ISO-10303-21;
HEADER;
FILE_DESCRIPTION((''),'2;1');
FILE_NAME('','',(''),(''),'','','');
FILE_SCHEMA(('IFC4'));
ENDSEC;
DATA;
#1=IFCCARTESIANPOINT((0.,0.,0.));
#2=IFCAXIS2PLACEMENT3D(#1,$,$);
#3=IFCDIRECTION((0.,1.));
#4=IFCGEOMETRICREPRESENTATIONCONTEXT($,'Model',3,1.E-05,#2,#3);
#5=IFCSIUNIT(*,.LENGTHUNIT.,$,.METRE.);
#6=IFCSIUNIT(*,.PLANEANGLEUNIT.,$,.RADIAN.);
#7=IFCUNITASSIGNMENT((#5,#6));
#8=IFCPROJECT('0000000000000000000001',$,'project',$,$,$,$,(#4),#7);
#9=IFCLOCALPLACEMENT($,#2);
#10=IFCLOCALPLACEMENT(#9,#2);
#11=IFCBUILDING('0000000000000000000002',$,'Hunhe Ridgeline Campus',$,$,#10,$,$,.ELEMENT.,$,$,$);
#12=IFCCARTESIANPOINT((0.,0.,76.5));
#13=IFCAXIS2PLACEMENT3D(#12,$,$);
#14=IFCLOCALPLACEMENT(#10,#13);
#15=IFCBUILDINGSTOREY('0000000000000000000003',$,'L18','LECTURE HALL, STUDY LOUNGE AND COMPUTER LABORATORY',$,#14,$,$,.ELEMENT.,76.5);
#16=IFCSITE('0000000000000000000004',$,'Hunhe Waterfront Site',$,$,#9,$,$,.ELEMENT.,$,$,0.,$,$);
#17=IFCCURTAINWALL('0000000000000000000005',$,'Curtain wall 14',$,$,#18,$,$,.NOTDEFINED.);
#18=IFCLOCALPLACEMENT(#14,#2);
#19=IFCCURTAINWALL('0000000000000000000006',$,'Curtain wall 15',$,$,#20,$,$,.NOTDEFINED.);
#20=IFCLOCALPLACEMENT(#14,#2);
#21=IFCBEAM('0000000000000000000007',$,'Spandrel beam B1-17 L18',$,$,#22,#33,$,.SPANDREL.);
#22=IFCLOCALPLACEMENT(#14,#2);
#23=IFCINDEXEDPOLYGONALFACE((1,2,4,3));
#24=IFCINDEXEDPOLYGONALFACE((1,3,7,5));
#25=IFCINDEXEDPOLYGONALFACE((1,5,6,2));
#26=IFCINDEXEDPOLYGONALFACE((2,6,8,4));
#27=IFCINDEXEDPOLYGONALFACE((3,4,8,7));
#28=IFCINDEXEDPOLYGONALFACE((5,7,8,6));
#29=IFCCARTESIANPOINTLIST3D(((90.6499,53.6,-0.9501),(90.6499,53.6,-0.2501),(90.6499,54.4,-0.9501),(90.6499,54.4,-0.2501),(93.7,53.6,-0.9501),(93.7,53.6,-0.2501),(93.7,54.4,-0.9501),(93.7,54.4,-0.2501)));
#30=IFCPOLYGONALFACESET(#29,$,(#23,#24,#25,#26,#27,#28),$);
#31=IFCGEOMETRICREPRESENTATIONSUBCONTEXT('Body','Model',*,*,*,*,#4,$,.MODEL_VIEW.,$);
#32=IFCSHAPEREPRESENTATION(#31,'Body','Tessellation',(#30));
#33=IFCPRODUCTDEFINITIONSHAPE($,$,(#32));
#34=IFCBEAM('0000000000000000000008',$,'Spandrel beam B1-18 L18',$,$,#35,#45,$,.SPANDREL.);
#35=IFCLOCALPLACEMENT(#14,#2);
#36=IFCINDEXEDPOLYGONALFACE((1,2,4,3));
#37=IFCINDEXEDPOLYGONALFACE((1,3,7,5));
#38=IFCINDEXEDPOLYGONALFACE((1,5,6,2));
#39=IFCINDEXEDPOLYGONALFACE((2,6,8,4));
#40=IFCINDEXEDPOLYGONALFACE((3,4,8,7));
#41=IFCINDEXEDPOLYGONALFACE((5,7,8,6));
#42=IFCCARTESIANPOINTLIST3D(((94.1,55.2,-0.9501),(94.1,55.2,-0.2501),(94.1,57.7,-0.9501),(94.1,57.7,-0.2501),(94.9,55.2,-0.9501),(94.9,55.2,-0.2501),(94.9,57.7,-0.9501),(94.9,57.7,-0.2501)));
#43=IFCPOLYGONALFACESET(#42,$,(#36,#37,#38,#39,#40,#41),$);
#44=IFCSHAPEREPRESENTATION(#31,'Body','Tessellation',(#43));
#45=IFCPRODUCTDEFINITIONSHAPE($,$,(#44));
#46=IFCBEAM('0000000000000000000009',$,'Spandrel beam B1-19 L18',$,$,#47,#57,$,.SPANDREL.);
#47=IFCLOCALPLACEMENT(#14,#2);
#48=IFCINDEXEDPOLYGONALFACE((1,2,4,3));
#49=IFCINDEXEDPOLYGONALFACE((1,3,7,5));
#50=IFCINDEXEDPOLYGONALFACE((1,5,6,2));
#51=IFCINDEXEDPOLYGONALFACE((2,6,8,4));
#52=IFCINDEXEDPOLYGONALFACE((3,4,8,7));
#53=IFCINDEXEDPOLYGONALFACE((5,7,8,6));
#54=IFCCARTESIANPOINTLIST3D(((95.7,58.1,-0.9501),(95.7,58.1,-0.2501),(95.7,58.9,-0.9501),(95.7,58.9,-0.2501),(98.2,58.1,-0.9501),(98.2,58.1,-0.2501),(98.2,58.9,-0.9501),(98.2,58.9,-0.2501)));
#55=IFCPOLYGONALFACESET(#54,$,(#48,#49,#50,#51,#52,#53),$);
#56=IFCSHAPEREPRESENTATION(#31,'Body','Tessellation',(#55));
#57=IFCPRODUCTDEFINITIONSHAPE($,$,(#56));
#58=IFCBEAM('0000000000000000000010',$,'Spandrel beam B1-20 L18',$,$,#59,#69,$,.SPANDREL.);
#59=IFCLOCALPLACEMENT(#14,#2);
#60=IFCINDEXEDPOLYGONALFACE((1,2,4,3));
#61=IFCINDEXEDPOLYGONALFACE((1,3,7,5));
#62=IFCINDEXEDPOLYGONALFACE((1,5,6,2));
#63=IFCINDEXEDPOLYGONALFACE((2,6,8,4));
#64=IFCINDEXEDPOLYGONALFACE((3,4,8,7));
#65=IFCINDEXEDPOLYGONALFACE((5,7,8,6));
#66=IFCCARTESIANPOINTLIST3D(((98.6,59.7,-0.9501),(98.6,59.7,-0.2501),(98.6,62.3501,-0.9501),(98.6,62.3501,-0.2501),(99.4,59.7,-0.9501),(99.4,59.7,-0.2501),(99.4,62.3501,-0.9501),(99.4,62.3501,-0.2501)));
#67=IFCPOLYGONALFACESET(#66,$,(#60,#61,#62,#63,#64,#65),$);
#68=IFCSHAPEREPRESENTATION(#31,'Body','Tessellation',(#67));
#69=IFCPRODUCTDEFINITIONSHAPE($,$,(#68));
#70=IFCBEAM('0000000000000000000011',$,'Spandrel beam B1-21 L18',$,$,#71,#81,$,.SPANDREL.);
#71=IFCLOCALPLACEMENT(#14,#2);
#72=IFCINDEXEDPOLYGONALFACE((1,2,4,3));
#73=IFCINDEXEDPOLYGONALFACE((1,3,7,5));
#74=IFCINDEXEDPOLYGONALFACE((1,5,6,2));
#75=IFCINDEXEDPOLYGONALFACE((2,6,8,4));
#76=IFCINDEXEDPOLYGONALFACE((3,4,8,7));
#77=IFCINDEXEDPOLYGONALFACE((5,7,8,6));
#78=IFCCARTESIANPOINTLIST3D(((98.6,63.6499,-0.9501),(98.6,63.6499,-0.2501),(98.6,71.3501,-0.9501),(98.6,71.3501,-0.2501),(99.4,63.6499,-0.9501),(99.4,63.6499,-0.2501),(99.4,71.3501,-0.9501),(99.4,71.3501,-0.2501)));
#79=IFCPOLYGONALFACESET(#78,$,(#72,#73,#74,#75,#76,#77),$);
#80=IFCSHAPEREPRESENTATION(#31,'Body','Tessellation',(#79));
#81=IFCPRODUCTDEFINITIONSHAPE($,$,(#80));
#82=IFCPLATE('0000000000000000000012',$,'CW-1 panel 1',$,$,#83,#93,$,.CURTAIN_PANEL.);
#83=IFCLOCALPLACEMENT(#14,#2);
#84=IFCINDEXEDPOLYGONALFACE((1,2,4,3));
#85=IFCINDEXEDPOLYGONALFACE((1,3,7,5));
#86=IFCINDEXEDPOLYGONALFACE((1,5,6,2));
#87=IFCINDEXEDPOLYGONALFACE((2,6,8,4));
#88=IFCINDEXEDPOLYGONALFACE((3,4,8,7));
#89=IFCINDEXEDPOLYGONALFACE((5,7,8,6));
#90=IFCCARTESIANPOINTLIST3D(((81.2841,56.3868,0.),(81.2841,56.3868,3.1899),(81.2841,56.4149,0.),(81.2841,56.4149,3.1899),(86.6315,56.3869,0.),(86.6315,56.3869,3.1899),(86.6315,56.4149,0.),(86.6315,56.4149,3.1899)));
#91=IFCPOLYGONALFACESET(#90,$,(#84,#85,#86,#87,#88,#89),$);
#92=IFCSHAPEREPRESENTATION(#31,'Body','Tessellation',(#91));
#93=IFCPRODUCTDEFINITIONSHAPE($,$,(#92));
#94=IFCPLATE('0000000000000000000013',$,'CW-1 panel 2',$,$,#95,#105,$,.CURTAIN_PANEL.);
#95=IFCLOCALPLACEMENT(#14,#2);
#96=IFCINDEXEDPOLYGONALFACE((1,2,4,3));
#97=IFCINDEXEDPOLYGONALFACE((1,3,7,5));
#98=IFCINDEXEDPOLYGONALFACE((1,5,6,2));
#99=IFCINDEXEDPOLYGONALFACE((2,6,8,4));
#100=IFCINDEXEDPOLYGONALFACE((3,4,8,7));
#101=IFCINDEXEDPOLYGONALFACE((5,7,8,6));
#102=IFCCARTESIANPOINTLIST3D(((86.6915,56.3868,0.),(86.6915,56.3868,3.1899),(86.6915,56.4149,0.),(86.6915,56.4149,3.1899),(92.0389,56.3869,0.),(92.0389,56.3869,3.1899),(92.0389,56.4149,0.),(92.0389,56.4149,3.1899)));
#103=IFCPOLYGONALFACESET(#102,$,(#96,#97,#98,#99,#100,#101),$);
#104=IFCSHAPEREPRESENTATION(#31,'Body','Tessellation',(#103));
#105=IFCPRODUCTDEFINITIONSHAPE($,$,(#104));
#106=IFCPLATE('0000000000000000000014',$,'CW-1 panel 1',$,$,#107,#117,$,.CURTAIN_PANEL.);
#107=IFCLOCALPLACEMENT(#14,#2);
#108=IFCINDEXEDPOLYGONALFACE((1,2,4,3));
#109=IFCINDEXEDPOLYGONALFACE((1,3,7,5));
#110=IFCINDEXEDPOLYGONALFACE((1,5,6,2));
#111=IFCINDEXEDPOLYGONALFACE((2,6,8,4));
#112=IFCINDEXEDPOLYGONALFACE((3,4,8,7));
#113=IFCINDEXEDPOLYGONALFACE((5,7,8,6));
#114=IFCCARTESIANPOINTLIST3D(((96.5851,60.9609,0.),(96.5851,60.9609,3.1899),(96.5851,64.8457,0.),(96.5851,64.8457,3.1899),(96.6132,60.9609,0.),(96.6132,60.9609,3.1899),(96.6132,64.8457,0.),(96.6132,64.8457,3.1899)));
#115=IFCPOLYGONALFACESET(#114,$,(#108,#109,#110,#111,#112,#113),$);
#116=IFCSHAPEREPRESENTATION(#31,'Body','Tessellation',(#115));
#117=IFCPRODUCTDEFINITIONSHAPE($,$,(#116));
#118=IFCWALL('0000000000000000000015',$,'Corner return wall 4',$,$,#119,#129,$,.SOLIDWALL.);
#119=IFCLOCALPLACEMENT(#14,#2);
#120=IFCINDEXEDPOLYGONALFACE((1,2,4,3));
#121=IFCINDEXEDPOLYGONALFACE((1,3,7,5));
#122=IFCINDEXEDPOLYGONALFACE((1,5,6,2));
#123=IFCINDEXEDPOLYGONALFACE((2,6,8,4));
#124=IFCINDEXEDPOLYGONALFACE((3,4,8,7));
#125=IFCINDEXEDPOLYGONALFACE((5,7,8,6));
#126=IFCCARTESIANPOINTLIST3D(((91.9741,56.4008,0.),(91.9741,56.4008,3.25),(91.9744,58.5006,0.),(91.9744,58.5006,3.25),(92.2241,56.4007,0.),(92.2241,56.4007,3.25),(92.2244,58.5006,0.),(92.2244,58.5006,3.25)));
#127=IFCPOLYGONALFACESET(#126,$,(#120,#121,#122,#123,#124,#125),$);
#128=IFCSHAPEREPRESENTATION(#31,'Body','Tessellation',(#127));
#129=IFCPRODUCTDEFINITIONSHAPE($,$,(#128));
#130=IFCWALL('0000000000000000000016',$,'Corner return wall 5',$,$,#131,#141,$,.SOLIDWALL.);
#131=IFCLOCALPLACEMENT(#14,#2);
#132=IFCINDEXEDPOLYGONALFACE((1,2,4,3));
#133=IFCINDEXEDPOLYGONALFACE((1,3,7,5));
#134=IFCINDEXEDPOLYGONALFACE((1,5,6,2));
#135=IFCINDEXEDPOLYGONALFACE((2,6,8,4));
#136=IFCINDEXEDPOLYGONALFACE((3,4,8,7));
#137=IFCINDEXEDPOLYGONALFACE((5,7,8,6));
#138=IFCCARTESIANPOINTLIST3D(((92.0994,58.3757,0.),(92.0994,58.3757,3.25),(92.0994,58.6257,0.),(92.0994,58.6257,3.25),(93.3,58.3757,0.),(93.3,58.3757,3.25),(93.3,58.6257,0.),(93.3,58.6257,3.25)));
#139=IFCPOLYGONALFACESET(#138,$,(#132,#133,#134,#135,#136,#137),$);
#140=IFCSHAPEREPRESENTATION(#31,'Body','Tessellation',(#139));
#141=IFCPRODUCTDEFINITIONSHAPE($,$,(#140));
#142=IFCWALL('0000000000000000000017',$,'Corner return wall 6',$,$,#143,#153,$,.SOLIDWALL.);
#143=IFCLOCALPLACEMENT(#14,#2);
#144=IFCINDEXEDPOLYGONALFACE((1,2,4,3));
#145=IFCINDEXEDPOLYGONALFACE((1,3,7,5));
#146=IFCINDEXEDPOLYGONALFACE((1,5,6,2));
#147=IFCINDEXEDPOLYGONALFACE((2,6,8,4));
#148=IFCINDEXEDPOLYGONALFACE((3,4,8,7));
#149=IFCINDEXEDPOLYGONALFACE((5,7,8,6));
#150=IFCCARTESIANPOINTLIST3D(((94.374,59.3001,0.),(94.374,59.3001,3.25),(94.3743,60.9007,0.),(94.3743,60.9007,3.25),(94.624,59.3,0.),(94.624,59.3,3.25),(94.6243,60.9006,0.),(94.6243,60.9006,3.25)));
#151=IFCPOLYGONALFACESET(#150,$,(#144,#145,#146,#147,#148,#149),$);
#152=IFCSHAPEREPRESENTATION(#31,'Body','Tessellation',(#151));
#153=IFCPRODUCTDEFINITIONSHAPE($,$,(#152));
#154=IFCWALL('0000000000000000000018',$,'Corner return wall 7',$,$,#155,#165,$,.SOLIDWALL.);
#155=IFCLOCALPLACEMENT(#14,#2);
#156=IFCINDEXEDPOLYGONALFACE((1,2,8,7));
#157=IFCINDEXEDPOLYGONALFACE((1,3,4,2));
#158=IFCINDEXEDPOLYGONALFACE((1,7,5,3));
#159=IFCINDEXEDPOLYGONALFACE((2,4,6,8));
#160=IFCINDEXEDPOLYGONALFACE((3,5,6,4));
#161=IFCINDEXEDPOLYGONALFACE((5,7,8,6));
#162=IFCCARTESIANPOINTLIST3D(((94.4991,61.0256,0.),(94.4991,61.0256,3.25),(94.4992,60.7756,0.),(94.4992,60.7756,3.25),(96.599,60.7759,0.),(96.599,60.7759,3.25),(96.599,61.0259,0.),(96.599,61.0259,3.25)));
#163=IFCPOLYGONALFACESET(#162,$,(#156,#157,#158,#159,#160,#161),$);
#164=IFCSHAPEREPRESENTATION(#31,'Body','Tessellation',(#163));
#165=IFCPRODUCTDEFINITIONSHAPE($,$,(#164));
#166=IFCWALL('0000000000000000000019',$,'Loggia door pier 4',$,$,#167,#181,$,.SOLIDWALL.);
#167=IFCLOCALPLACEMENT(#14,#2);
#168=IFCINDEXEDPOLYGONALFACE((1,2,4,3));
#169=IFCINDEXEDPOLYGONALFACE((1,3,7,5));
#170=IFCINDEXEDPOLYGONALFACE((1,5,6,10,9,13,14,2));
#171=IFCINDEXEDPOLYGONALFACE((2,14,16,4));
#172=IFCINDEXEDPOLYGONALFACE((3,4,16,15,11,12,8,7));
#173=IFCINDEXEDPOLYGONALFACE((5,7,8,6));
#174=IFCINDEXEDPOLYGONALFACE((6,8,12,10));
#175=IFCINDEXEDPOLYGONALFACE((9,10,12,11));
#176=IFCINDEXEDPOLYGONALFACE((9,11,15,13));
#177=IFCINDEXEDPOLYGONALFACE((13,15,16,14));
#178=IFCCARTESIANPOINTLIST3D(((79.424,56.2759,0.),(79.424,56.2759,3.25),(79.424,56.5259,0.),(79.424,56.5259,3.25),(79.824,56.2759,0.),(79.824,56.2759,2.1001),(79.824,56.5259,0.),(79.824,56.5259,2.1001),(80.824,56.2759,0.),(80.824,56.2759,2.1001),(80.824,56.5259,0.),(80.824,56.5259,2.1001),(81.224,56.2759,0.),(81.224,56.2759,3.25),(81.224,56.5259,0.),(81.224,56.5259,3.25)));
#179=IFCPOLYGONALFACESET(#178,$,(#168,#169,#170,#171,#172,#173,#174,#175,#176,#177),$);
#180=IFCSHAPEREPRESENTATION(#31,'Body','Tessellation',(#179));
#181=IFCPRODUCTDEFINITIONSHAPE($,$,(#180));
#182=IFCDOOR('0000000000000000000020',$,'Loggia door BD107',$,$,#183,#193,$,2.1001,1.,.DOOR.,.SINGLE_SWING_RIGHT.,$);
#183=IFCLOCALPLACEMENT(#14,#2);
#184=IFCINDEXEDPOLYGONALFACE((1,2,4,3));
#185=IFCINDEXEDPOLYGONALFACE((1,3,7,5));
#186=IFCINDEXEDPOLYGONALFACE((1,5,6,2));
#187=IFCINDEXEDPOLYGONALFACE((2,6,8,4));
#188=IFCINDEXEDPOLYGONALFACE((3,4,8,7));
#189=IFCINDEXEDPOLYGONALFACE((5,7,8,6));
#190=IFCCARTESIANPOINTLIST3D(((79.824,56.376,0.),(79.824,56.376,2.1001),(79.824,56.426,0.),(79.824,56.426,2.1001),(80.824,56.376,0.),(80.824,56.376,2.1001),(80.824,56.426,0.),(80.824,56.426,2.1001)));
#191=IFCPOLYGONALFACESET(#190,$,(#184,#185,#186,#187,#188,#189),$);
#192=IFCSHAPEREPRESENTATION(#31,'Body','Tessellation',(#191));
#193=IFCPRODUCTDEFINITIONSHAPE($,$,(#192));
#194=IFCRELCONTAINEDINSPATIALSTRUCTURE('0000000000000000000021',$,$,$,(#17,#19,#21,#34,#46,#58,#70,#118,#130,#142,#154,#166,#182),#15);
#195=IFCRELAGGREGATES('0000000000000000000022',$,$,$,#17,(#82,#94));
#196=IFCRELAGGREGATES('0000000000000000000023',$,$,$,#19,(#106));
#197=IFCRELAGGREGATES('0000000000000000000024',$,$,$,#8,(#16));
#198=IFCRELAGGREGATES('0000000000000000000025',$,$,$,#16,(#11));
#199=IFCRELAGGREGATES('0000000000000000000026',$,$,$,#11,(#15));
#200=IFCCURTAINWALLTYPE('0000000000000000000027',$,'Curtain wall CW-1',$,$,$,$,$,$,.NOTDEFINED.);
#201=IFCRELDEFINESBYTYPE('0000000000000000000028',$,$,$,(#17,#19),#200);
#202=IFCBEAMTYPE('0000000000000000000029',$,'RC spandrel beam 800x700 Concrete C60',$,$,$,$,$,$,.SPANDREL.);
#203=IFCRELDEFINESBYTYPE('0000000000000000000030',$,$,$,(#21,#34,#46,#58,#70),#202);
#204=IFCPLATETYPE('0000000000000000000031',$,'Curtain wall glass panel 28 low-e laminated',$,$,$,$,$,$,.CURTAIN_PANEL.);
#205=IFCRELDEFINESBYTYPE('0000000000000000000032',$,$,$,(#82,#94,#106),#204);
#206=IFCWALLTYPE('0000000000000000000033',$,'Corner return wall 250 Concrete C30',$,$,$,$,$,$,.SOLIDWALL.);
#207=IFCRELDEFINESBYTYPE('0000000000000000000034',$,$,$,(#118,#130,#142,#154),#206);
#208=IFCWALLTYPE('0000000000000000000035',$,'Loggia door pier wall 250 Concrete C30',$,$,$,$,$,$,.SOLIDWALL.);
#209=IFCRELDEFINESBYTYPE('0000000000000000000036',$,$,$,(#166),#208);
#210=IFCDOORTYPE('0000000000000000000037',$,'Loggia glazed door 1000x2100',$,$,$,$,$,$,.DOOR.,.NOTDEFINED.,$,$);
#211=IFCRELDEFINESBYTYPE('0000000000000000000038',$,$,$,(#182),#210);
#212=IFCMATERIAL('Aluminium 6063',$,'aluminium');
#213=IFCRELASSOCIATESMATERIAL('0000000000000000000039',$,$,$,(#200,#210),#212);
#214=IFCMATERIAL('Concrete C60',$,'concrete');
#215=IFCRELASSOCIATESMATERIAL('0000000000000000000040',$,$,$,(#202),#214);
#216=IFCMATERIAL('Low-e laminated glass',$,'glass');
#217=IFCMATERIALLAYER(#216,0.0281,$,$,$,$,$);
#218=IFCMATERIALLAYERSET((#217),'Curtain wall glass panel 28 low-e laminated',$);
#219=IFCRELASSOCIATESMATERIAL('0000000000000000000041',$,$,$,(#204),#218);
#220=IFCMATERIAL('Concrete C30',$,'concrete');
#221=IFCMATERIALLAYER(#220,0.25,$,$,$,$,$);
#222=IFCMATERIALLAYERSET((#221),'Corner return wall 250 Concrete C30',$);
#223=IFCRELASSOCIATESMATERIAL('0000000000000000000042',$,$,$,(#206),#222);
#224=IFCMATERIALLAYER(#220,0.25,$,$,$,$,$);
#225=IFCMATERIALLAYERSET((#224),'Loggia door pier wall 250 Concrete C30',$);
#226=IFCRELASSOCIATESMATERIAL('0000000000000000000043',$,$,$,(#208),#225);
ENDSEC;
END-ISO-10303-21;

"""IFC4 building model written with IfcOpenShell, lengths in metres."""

from ifc_helpers import new_model, si_unit, direction, frame, frame_2d, origin, origin_2d, place, context, subcontext, project, spatial, rectangle, extrude, material, layer, layer_set, material_profile, profile_set, type_object, element, fill, aggregate, save


model = new_model("IFC4")

# Units and contexts
model_context = context("Model", 3, precision=1e-05, world=origin(), true_north=direction((0.0, 1.0)))
body_context = subcontext(model_context, "Body", "Model", "MODEL_VIEW")
ifc_project = project(units=[si_unit("LENGTHUNIT", "METRE"), si_unit("PLANEANGLEUNIT", "RADIAN")], contexts=[model_context])

# Site, building, storey
site_placement = place(None, origin())
site = spatial("IfcSite", under=ifc_project, at=site_placement, Name="Hunhe Waterfront Site", CompositionType="ELEMENT", RefElevation=0.0)
building_placement = place(site_placement, origin())
building = spatial("IfcBuilding", under=site, at=building_placement, Name="Hunhe Ridgeline Campus", CompositionType="ELEMENT")
storey_placement = place(building_placement, frame((0.0, 0.0, 76.5)))
storey = spatial("IfcBuildingStorey", under=building, at=storey_placement, Name="L18", Description="LECTURE HALL, STUDY LOUNGE AND COMPUTER LABORATORY", CompositionType="ELEMENT", Elevation=76.5)

# Curtain wall
ifc_material_1 = material(Name="Aluminium 6063", Category="aluminium")
curtain_wall_type = type_object("IfcCurtainWallType", Name="Curtain wall CW-1", PredefinedType="NOTDEFINED", material=ifc_material_1)
curtain_wall_1_placement = place(storey_placement, origin())
curtain_wall_1 = element("IfcCurtainWall", 1, at=curtain_wall_1_placement, inside=storey, type_object=curtain_wall_type, Name="Curtain wall 14", PredefinedType="NOTDEFINED")

# Curtain wall
curtain_wall_2_placement = place(storey_placement, origin())
curtain_wall_2 = element("IfcCurtainWall", 2, at=curtain_wall_2_placement, inside=storey, type_object=curtain_wall_type, Name="Curtain wall 15", PredefinedType="NOTDEFINED")

# Beams
ifc_material_2 = material(Name="Concrete C60", Category="concrete")
ifc_material_profile_1 = material_profile(ifc_material_2, rectangle(XDim=0.8, YDim=0.7, at=origin_2d()))
ifc_profile_set_1 = profile_set([ifc_material_profile_1], Name="Concrete C60")
beam_type = type_object("IfcBeamType", Name="RC spandrel beam 800x700 Concrete C60", PredefinedType="SPANDREL", material=ifc_profile_set_1)
beam_1_placement = place(storey_placement, frame((90.6499, 54.0, -0.6001), z_axis=(1.0, 0.0, 0.0), x_axis=(0.0, 1.0, 0.0)))
element("IfcBeam", 3, at=beam_1_placement, inside=storey, type_object=beam_type, Name="Spandrel beam B1-17 L18", PredefinedType="SPANDREL", context=body_context, shape_type="SweptSolid", body=[
    extrude(rectangle(XDim=0.8, YDim=0.7, at=origin_2d()), origin(), (0.0, 0.0, 1.0), 3.05),
])
for number, where, z_axis, x_axis, name in (
    (4, (94.5, 55.2, -0.6001), (0.0, 1.0, 0.0), (-1.0, 0.0, 0.0), "Spandrel beam B1-18 L18"),
    (5, (95.7, 58.5, -0.6001), (1.0, 0.0, 0.0), (0.0, 1.0, 0.0), "Spandrel beam B1-19 L18"),
):
    element("IfcBeam", number, at=place(storey_placement, frame(where, z_axis=z_axis, x_axis=x_axis)), inside=storey, type_object=beam_type, Name=name, PredefinedType="SPANDREL", context=body_context, shape_type="SweptSolid", body=[
        extrude(rectangle(XDim=0.8, YDim=0.7, at=origin_2d()), origin(), (0.0, 0.0, 1.0), 2.5),
    ])
beam_2_placement = place(storey_placement, frame((99.0, 59.7, -0.6001), z_axis=(0.0, 1.0, 0.0), x_axis=(-1.0, 0.0, 0.0)))
element("IfcBeam", 6, at=beam_2_placement, inside=storey, type_object=beam_type, Name="Spandrel beam B1-20 L18", PredefinedType="SPANDREL", context=body_context, shape_type="SweptSolid", body=[
    extrude(rectangle(XDim=0.8, YDim=0.7, at=origin_2d()), origin(), (0.0, 0.0, 1.0), 2.6501),
])
beam_3_placement = place(storey_placement, frame((99.0, 63.6499, -0.6001), z_axis=(0.0, 1.0, 0.0), x_axis=(-1.0, 0.0, 0.0)))
element("IfcBeam", 7, at=beam_3_placement, inside=storey, type_object=beam_type, Name="Spandrel beam B1-21 L18", PredefinedType="SPANDREL", context=body_context, shape_type="SweptSolid", body=[
    extrude(rectangle(XDim=0.8, YDim=0.7, at=origin_2d()), origin(), (0.0, 0.0, 1.0), 7.7002),
])

# Plates
ifc_material_3 = material(Name="Low-e laminated glass", Category="glass")
ifc_layer_1 = layer(ifc_material_3, 0.0281)
ifc_layer_set_1 = layer_set([ifc_layer_1], Name="Curtain wall glass panel 28 low-e laminated")
plate_type = type_object("IfcPlateType", Name="Curtain wall glass panel 28 low-e laminated", PredefinedType="CURTAIN_PANEL", material=ifc_layer_set_1)
plate_1_placement = place(storey_placement, frame((83.9578, 56.4009, 0.0), z_axis=(0.0, 0.0, 1.0), x_axis=(1.0, 0.000004, 0.0)))
plate_1 = element("IfcPlate", 8, at=plate_1_placement, type_object=plate_type, Name="CW-1 panel 1", PredefinedType="CURTAIN_PANEL", context=body_context, shape_type="SweptSolid", body=[
    extrude(rectangle(XDim=5.3474, YDim=0.0281, at=origin_2d()), origin(), (0.0, 0.0, 1.0), 3.1899),
])
plate_2_placement = place(storey_placement, frame((89.3652, 56.4009, 0.0), z_axis=(0.0, 0.0, 1.0), x_axis=(1.0, 0.000004, 0.0)))
plate_2 = element("IfcPlate", 9, at=plate_2_placement, type_object=plate_type, Name="CW-1 panel 2", PredefinedType="CURTAIN_PANEL", context=body_context, shape_type="SweptSolid", body=[
    extrude(rectangle(XDim=5.3474, YDim=0.0281, at=origin_2d()), origin(), (0.0, 0.0, 1.0), 3.1899),
])
aggregate(curtain_wall_1, [plate_1, plate_2])
plate_3_placement = place(storey_placement, frame((96.5991, 62.9033, 0.0), z_axis=(0.0, 0.0, 1.0), x_axis=(0.0, 1.0, 0.0)))
plate_3 = element("IfcPlate", 10, at=plate_3_placement, type_object=plate_type, Name="CW-1 panel 1", PredefinedType="CURTAIN_PANEL", context=body_context, shape_type="SweptSolid", body=[
    extrude(rectangle(XDim=3.8848, YDim=0.0281, at=origin_2d()), origin(), (0.0, 0.0, 1.0), 3.1899),
])
aggregate(curtain_wall_2, [plate_3])

# Walls
ifc_material_4 = material(Name="Concrete C30", Category="concrete")
ifc_layer_2 = layer(ifc_material_4, 0.25)
ifc_layer_set_2 = layer_set([ifc_layer_2], Name="Corner return wall 250 Concrete C30")
wall_type_1 = type_object("IfcWallType", Name="Corner return wall 250 Concrete C30", PredefinedType="SOLIDWALL", material=ifc_layer_set_2)
wall_1_placement = place(storey_placement, frame((92.0991, 56.4009, 0.0), z_axis=(0.0, 0.0, 1.0), x_axis=(0.000116, 1.0, 0.0)))
element("IfcWall", 11, at=wall_1_placement, inside=storey, type_object=wall_type_1, Name="Corner return wall 4", PredefinedType="SOLIDWALL", context=body_context, shape_type="SweptSolid", body=[
    extrude(rectangle(XDim=2.0999, YDim=0.25, at=frame_2d((1.0498, 0.0))), origin(), (0.0, 0.0, 1.0), 3.25),
])
wall_2_placement = place(storey_placement, frame((92.0994, 58.5007, 0.0), z_axis=(0.0, 0.0, 1.0), x_axis=(1.0, 0.0, 0.0)))
element("IfcWall", 12, at=wall_2_placement, inside=storey, type_object=wall_type_1, Name="Corner return wall 5", PredefinedType="SOLIDWALL", context=body_context, shape_type="SweptSolid", body=[
    extrude(rectangle(XDim=1.2007, YDim=0.25, at=frame_2d((0.6003, 0.0))), origin(), (0.0, 0.0, 1.0), 3.25),
])
wall_3_placement = place(storey_placement, frame((94.499, 59.3, 0.0), z_axis=(0.0, 0.0, 1.0), x_axis=(0.000153, 1.0, 0.0)))
element("IfcWall", 13, at=wall_3_placement, inside=storey, type_object=wall_type_1, Name="Corner return wall 6", PredefinedType="SOLIDWALL", context=body_context, shape_type="SweptSolid", body=[
    extrude(rectangle(XDim=1.6006, YDim=0.25, at=frame_2d((0.8003, 0.0))), origin(), (0.0, 0.0, 1.0), 3.25),
])
wall_4_placement = place(storey_placement, frame((94.4993, 60.9006, 0.0), z_axis=(0.0, 0.0, 1.0), x_axis=(1.0, 0.000116, 0.0)))
element("IfcWall", 14, at=wall_4_placement, inside=storey, type_object=wall_type_1, Name="Corner return wall 7", PredefinedType="SOLIDWALL", context=body_context, shape_type="SweptSolid", body=[
    extrude(rectangle(XDim=2.0999, YDim=0.25, at=frame_2d((1.0498, 0.0))), origin(), (0.0, 0.0, 1.0), 3.25),
])

# Wall, opening, door
ifc_layer_3 = layer(ifc_material_4, 0.25)
ifc_layer_set_3 = layer_set([ifc_layer_3], Name="Loggia door pier wall 250 Concrete C30")
wall_type_2 = type_object("IfcWallType", Name="Loggia door pier wall 250 Concrete C30", PredefinedType="SOLIDWALL", material=ifc_layer_set_3)
wall_5_placement = place(storey_placement, frame((79.4241, 56.4009, 0.0), z_axis=(0.0, 0.0, 1.0), x_axis=(1.0, 0.0, 0.0)))
wall_5 = element("IfcWall", 15, at=wall_5_placement, inside=storey, type_object=wall_type_2, Name="Loggia door pier 4", PredefinedType="SOLIDWALL", context=body_context, shape_type="SweptSolid", body=[
    extrude(rectangle(XDim=1.8, YDim=0.25, at=frame_2d((0.8999, 0.0))), origin(), (0.0, 0.0, 1.0), 3.25),
])
opening_placement = place(wall_5_placement, frame((0.3999, 0.0, 0.0)))
opening = element("IfcOpeningElement", 16, at=opening_placement, cuts=wall_5, PredefinedType="OPENING", context=body_context, shape_type="SweptSolid", body=[
    extrude(rectangle(XDim=1.0, YDim=2.1001, at=frame_2d((0.5, 1.05))), frame((0.0, 0.125, 0.0), z_axis=(0.0, -1.0, 0.0), x_axis=(1.0, 0.0, 0.0)), (0.0, 0.0, 1.0), 0.25),
])
door_type = type_object("IfcDoorType", Name="Loggia glazed door 1000x2100", OperationType="NOTDEFINED", PredefinedType="DOOR", material=ifc_material_1)
door_placement = place(opening_placement, frame((1.0, 0.0, 0.0), z_axis=(0.0, 0.0, 1.0), x_axis=(-1.0, 0.0, 0.0)))
door = element("IfcDoor", 17, at=door_placement, inside=storey, type_object=door_type, Name="Loggia door BD107", OperationType="SINGLE_SWING_RIGHT", OverallHeight=2.1001, OverallWidth=1.0, PredefinedType="DOOR", context=body_context, shape_type="SweptSolid", body=[
    extrude(rectangle(XDim=1.0, YDim=2.1001, at=frame_2d((0.5, 1.05))), frame((0.0, 0.0249, 0.0), z_axis=(0.0, -1.0, 0.0), x_axis=(1.0, 0.0, 0.0)), (0.0, 0.0, 1.0), 0.05),
])
fill(opening, door)

save(model, "model.ifc")
